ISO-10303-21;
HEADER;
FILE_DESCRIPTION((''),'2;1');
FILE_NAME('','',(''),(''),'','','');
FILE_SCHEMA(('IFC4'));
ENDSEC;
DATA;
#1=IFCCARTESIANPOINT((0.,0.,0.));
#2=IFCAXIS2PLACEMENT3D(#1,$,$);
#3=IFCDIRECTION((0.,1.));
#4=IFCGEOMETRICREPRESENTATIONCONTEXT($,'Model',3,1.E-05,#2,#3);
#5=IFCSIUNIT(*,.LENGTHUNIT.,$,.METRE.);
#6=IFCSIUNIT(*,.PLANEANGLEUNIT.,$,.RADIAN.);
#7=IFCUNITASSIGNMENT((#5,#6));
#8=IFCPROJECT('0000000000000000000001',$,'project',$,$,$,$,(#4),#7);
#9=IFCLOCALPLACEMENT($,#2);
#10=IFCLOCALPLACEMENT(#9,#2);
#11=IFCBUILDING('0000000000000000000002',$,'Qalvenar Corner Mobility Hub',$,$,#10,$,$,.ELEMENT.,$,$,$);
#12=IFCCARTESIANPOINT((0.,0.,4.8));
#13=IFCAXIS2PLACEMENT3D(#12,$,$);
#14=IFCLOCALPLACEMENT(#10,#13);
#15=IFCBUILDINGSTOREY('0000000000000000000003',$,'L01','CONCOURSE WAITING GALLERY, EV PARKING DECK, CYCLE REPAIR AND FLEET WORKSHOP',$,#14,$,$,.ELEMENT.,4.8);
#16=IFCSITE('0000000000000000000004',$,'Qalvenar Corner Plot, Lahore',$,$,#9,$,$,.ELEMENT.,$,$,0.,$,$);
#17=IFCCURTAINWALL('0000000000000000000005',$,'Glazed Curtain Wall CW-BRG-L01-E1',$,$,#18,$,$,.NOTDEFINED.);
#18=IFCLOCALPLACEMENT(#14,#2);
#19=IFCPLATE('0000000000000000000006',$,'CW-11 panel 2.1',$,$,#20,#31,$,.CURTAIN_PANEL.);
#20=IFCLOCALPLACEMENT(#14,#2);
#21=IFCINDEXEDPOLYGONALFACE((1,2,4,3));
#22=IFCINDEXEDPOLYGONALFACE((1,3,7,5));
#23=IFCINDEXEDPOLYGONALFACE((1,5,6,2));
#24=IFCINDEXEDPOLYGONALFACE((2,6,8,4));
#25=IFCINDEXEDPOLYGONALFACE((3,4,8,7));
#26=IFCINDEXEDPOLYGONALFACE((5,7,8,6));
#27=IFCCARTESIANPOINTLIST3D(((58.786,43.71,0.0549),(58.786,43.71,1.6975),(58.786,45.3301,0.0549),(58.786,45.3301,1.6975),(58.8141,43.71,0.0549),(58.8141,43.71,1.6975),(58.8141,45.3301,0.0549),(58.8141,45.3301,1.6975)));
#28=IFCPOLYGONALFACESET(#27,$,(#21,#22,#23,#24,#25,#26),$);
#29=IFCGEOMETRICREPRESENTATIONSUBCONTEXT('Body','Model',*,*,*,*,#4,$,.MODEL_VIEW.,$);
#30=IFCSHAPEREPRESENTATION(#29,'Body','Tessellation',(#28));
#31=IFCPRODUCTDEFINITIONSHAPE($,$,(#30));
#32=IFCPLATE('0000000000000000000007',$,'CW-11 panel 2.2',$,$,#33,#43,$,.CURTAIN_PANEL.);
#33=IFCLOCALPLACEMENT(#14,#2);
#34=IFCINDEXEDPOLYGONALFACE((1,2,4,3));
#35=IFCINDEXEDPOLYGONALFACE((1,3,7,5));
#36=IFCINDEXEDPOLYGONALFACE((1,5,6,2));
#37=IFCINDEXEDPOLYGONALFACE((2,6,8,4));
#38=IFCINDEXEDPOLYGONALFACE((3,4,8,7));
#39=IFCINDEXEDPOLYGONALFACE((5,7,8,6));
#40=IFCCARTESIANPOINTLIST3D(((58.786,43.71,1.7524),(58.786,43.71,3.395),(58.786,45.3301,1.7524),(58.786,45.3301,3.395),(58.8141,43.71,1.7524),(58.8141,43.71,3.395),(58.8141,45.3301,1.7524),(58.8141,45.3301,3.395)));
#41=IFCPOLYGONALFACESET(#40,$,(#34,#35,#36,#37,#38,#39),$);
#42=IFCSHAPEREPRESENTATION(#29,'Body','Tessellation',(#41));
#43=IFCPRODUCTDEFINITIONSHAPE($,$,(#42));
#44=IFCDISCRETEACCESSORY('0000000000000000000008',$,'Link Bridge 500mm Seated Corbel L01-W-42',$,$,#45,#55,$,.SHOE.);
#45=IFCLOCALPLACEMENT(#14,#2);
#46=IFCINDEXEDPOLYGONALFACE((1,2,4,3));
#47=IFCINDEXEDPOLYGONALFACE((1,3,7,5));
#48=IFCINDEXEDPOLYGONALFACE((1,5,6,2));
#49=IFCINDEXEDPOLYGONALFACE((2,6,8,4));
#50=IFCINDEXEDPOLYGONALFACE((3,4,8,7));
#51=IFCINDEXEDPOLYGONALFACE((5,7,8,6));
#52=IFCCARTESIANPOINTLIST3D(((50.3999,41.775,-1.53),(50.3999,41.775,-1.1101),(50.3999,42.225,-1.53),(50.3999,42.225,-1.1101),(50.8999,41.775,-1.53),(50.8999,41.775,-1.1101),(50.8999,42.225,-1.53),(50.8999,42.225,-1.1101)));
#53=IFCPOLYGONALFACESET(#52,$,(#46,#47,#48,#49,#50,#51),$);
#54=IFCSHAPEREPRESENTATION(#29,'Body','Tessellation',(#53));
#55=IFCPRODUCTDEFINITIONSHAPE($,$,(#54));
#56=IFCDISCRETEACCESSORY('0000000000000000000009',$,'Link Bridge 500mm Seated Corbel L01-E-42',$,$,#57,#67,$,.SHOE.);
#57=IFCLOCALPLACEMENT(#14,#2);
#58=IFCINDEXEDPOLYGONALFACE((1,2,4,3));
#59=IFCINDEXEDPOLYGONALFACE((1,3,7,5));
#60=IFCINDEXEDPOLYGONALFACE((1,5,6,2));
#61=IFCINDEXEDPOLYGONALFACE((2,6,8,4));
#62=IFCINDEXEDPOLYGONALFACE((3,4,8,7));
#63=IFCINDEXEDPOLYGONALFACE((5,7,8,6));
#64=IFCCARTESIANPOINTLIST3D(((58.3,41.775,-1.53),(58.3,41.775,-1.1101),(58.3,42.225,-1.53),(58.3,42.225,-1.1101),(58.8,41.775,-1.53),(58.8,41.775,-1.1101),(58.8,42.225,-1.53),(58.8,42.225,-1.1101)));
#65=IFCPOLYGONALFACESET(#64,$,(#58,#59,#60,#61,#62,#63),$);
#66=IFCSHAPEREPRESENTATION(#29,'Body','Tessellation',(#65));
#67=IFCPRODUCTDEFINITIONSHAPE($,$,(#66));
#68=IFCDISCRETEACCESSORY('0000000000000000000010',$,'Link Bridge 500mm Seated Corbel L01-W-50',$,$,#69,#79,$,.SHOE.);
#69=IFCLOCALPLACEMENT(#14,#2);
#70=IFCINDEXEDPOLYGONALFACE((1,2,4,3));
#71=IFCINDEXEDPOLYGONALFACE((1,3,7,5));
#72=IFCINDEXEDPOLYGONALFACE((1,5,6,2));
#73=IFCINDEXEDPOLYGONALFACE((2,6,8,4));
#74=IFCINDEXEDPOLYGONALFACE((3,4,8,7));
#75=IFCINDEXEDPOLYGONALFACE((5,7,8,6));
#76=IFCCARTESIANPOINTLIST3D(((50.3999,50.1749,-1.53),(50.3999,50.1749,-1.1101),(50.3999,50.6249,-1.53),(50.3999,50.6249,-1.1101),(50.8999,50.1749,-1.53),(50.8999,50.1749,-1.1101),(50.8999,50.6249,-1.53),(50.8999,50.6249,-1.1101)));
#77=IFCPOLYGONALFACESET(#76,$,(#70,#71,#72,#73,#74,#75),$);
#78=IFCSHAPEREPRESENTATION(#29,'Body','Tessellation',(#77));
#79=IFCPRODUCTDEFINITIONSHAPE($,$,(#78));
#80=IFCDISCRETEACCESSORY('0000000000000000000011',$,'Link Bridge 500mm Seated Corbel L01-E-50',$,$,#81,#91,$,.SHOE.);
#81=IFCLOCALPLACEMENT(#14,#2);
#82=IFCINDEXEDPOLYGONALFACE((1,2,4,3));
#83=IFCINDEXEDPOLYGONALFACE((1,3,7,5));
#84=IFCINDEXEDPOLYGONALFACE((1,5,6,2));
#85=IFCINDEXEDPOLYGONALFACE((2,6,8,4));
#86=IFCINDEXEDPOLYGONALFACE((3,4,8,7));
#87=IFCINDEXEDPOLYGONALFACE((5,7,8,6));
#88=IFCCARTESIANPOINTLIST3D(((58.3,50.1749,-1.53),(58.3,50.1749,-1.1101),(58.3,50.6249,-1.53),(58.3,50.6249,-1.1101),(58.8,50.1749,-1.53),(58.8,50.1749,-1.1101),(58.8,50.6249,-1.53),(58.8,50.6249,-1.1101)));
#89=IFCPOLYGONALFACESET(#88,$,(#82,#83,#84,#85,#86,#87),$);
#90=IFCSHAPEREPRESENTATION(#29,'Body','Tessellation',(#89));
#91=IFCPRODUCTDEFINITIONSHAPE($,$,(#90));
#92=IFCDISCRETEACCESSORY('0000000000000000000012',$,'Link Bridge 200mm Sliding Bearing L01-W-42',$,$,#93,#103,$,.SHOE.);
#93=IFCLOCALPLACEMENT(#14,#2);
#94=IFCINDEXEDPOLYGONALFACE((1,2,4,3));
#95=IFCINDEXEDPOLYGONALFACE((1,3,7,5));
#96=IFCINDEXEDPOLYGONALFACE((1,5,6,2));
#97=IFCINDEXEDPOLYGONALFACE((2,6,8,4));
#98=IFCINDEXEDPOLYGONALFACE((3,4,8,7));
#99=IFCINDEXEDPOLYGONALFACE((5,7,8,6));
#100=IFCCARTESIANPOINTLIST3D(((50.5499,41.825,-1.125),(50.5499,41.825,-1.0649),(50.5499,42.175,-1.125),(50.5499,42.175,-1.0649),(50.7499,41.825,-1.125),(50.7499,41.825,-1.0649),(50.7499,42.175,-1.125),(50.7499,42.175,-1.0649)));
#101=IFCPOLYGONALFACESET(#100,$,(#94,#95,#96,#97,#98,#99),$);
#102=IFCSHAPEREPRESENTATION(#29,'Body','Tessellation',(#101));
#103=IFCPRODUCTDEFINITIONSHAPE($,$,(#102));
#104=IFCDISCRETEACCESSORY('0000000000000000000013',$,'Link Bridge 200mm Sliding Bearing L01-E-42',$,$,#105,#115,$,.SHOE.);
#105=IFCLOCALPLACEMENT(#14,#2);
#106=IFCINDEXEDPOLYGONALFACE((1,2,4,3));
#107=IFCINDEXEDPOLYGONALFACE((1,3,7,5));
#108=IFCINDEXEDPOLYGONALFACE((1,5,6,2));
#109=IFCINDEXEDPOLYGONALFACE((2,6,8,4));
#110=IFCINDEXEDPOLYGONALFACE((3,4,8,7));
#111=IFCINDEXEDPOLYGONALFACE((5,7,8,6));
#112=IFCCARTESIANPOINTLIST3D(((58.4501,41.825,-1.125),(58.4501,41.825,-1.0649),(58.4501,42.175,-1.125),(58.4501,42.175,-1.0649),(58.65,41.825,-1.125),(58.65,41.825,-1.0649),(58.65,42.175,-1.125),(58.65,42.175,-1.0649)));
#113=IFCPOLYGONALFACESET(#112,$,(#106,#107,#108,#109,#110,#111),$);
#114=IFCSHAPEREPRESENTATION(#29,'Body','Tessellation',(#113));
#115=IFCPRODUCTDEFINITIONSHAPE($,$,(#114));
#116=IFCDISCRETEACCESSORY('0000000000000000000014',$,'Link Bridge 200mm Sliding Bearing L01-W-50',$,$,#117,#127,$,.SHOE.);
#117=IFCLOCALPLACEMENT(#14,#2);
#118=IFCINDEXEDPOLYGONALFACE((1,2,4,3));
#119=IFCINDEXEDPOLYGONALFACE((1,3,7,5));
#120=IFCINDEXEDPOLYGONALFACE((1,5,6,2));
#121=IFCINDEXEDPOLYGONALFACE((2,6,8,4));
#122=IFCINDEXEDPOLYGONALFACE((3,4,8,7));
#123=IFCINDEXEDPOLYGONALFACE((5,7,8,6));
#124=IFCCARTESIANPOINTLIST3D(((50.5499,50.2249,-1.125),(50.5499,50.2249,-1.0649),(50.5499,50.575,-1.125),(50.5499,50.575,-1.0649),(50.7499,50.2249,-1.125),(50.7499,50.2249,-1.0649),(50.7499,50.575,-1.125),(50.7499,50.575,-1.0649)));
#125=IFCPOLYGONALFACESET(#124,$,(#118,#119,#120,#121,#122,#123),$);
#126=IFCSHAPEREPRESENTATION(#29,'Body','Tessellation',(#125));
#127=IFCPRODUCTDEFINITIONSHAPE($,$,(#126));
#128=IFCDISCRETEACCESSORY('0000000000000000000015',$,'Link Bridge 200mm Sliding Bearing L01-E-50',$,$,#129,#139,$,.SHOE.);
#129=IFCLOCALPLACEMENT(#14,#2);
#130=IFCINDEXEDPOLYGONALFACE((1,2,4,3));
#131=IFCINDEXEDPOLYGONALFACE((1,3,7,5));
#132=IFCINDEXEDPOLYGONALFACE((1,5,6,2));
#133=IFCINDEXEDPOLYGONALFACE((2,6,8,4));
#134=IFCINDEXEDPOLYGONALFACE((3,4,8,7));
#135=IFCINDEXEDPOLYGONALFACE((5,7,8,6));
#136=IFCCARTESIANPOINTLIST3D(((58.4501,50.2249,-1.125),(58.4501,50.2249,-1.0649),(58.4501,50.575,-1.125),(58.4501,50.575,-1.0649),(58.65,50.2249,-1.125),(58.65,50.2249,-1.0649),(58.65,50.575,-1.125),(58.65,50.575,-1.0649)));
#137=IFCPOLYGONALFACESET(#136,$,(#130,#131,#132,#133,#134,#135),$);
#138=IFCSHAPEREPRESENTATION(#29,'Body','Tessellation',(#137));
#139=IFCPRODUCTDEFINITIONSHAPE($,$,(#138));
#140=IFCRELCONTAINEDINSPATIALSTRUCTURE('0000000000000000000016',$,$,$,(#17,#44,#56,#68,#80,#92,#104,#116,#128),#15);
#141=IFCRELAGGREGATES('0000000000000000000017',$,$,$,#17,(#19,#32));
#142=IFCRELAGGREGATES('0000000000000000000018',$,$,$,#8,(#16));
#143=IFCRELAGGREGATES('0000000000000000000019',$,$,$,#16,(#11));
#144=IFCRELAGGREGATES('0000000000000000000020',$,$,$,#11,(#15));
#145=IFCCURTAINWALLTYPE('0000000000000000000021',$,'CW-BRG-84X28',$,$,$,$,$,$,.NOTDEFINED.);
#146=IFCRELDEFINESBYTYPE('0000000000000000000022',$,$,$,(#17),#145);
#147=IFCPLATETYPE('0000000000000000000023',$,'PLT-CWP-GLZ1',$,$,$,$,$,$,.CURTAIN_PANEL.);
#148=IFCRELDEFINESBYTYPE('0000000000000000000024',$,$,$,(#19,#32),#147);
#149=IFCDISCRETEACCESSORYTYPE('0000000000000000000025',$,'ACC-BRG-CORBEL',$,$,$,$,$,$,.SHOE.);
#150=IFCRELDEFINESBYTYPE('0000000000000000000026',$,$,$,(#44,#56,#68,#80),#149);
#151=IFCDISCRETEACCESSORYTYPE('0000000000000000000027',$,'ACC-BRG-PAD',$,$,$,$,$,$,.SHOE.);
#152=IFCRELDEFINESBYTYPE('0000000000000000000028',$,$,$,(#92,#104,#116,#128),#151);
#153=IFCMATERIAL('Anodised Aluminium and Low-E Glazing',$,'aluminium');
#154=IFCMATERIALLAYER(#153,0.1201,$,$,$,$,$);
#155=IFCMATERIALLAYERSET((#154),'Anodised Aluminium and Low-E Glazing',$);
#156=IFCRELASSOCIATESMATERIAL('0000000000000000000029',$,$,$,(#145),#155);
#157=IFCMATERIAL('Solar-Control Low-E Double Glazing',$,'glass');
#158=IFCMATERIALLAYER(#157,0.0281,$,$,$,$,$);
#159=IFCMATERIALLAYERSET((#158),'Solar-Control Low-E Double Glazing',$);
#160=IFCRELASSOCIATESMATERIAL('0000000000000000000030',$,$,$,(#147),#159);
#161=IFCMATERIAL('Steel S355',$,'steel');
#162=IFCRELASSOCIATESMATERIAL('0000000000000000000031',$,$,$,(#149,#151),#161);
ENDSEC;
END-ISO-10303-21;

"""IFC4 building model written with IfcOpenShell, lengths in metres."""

from ifc_helpers import new_model, si_unit, direction, frame, origin, origin_2d, place, context, subcontext, project, spatial, rectangle, extrude, material, layer, layer_set, type_object, element, aggregate, save


model = new_model("IFC4")

# Units and contexts
model_context = context("Model", 3, precision=1e-05, world=origin(), true_north=direction((0.0, 1.0)))
body_context = subcontext(model_context, "Body", "Model", "MODEL_VIEW")
ifc_project = project(units=[si_unit("LENGTHUNIT", "METRE"), si_unit("PLANEANGLEUNIT", "RADIAN")], contexts=[model_context])

# Site, building, storey
site_placement = place(None, origin())
site = spatial("IfcSite", under=ifc_project, at=site_placement, Name="Qalvenar Corner Plot, Lahore", CompositionType="ELEMENT", RefElevation=0.0)
building_placement = place(site_placement, origin())
building = spatial("IfcBuilding", under=site, at=building_placement, Name="Qalvenar Corner Mobility Hub", CompositionType="ELEMENT")
storey_placement = place(building_placement, frame((0.0, 0.0, 4.8)))
storey = spatial("IfcBuildingStorey", under=building, at=storey_placement, Name="L01", Description="CONCOURSE WAITING GALLERY, EV PARKING DECK, CYCLE REPAIR AND FLEET WORKSHOP", CompositionType="ELEMENT", Elevation=4.8)

# Shared definitions
ifc_material_1 = material(Name="Steel S355", Category="steel")

# Shared definitions
ifc_material_2 = material(Name="Anodised Aluminium and Low-E Glazing", Category="aluminium")
ifc_layer_1 = layer(ifc_material_2, 0.1201)
ifc_layer_set_1 = layer_set([ifc_layer_1], Name="Anodised Aluminium and Low-E Glazing")
curtain_wall_type = type_object("IfcCurtainWallType", Name="CW-BRG-84X28", PredefinedType="NOTDEFINED", material=ifc_layer_set_1)

# Curtain wall
curtain_wall_1_placement = place(storey_placement, origin())
curtain_wall_1 = element("IfcCurtainWall", 1, at=curtain_wall_1_placement, inside=storey, type_object=curtain_wall_type, Name="Glazed Curtain Wall CW-BRG-L01-E1", PredefinedType="NOTDEFINED")

# Plates
ifc_material_3 = material(Name="Solar-Control Low-E Double Glazing", Category="glass")
ifc_layer_2 = layer(ifc_material_3, 0.0281)
ifc_layer_set_2 = layer_set([ifc_layer_2], Name="Solar-Control Low-E Double Glazing")
plate_type = type_object("IfcPlateType", Name="PLT-CWP-GLZ1", PredefinedType="CURTAIN_PANEL", material=ifc_layer_set_2)
plate_1_placement = place(storey_placement, frame((58.8, 44.52, 0.0549), z_axis=(0.0, 0.0, 1.0), x_axis=(0.0, 1.0, 0.0)))
plate_1 = element("IfcPlate", 2, at=plate_1_placement, type_object=plate_type, Name="CW-11 panel 2.1", PredefinedType="CURTAIN_PANEL", context=body_context, shape_type="SweptSolid", body=[
    extrude(rectangle(XDim=1.6201, YDim=0.0281, at=origin_2d()), origin(), (0.0, 0.0, 1.0), 1.6426),
])
plate_2_placement = place(storey_placement, frame((58.8, 44.52, 1.7524), z_axis=(0.0, 0.0, 1.0), x_axis=(0.0, 1.0, 0.0)))
plate_2 = element("IfcPlate", 3, at=plate_2_placement, type_object=plate_type, Name="CW-11 panel 2.2", PredefinedType="CURTAIN_PANEL", context=body_context, shape_type="SweptSolid", body=[
    extrude(rectangle(XDim=1.6201, YDim=0.0281, at=origin_2d()), origin(), (0.0, 0.0, 1.0), 1.6426),
])
aggregate(curtain_wall_1, [plate_1, plate_2])

# Discrete accessories
discrete_accessory_type_1 = type_object("IfcDiscreteAccessoryType", Name="ACC-BRG-CORBEL", PredefinedType="SHOE", material=ifc_material_1)
for number, where, z_axis, x_axis, name in (
    (4, (50.6499, 42.0, -1.53), (0.0, 0.0, 1.0), (1.0, 0.0, 0.0), "Link Bridge 500mm Seated Corbel L01-W-42"),
    (5, (58.55, 42.0, -1.53), (0.0, 0.0, 1.0), (1.0, 0.0, 0.0), "Link Bridge 500mm Seated Corbel L01-E-42"),
    (6, (50.6499, 50.3999, -1.53), (0.0, 0.0, 1.0), (1.0, 0.0, 0.0), "Link Bridge 500mm Seated Corbel L01-W-50"),
    (7, (58.55, 50.3999, -1.53), (0.0, 0.0, 1.0), (1.0, 0.0, 0.0), "Link Bridge 500mm Seated Corbel L01-E-50"),
):
    element("IfcDiscreteAccessory", number, at=place(storey_placement, frame(where, z_axis=z_axis, x_axis=x_axis)), inside=storey, type_object=discrete_accessory_type_1, Name=name, PredefinedType="SHOE", context=body_context, shape_type="SweptSolid", body=[
        extrude(rectangle(XDim=0.5, YDim=0.45, at=origin_2d()), origin(), (0.0, 0.0, 1.0), 0.4199),
    ])
discrete_accessory_type_2 = type_object("IfcDiscreteAccessoryType", Name="ACC-BRG-PAD", PredefinedType="SHOE", material=ifc_material_1)
for number, where, z_axis, x_axis, name in (
    (8, (50.6499, 42.0, -1.125), (0.0, 0.0, 1.0), (1.0, 0.0, 0.0), "Link Bridge 200mm Sliding Bearing L01-W-42"),
    (9, (58.55, 42.0, -1.125), (0.0, 0.0, 1.0), (1.0, 0.0, 0.0), "Link Bridge 200mm Sliding Bearing L01-E-42"),
    (10, (50.6499, 50.3999, -1.125), (0.0, 0.0, 1.0), (1.0, 0.0, 0.0), "Link Bridge 200mm Sliding Bearing L01-W-50"),
    (11, (58.55, 50.3999, -1.125), (0.0, 0.0, 1.0), (1.0, 0.0, 0.0), "Link Bridge 200mm Sliding Bearing L01-E-50"),
):
    element("IfcDiscreteAccessory", number, at=place(storey_placement, frame(where, z_axis=z_axis, x_axis=x_axis)), inside=storey, type_object=discrete_accessory_type_2, Name=name, PredefinedType="SHOE", context=body_context, shape_type="SweptSolid", body=[
        extrude(rectangle(XDim=0.2, YDim=0.3501, at=origin_2d()), origin(), (0.0, 0.0, 1.0), 0.0601),
    ])

save(model, "model.ifc")
